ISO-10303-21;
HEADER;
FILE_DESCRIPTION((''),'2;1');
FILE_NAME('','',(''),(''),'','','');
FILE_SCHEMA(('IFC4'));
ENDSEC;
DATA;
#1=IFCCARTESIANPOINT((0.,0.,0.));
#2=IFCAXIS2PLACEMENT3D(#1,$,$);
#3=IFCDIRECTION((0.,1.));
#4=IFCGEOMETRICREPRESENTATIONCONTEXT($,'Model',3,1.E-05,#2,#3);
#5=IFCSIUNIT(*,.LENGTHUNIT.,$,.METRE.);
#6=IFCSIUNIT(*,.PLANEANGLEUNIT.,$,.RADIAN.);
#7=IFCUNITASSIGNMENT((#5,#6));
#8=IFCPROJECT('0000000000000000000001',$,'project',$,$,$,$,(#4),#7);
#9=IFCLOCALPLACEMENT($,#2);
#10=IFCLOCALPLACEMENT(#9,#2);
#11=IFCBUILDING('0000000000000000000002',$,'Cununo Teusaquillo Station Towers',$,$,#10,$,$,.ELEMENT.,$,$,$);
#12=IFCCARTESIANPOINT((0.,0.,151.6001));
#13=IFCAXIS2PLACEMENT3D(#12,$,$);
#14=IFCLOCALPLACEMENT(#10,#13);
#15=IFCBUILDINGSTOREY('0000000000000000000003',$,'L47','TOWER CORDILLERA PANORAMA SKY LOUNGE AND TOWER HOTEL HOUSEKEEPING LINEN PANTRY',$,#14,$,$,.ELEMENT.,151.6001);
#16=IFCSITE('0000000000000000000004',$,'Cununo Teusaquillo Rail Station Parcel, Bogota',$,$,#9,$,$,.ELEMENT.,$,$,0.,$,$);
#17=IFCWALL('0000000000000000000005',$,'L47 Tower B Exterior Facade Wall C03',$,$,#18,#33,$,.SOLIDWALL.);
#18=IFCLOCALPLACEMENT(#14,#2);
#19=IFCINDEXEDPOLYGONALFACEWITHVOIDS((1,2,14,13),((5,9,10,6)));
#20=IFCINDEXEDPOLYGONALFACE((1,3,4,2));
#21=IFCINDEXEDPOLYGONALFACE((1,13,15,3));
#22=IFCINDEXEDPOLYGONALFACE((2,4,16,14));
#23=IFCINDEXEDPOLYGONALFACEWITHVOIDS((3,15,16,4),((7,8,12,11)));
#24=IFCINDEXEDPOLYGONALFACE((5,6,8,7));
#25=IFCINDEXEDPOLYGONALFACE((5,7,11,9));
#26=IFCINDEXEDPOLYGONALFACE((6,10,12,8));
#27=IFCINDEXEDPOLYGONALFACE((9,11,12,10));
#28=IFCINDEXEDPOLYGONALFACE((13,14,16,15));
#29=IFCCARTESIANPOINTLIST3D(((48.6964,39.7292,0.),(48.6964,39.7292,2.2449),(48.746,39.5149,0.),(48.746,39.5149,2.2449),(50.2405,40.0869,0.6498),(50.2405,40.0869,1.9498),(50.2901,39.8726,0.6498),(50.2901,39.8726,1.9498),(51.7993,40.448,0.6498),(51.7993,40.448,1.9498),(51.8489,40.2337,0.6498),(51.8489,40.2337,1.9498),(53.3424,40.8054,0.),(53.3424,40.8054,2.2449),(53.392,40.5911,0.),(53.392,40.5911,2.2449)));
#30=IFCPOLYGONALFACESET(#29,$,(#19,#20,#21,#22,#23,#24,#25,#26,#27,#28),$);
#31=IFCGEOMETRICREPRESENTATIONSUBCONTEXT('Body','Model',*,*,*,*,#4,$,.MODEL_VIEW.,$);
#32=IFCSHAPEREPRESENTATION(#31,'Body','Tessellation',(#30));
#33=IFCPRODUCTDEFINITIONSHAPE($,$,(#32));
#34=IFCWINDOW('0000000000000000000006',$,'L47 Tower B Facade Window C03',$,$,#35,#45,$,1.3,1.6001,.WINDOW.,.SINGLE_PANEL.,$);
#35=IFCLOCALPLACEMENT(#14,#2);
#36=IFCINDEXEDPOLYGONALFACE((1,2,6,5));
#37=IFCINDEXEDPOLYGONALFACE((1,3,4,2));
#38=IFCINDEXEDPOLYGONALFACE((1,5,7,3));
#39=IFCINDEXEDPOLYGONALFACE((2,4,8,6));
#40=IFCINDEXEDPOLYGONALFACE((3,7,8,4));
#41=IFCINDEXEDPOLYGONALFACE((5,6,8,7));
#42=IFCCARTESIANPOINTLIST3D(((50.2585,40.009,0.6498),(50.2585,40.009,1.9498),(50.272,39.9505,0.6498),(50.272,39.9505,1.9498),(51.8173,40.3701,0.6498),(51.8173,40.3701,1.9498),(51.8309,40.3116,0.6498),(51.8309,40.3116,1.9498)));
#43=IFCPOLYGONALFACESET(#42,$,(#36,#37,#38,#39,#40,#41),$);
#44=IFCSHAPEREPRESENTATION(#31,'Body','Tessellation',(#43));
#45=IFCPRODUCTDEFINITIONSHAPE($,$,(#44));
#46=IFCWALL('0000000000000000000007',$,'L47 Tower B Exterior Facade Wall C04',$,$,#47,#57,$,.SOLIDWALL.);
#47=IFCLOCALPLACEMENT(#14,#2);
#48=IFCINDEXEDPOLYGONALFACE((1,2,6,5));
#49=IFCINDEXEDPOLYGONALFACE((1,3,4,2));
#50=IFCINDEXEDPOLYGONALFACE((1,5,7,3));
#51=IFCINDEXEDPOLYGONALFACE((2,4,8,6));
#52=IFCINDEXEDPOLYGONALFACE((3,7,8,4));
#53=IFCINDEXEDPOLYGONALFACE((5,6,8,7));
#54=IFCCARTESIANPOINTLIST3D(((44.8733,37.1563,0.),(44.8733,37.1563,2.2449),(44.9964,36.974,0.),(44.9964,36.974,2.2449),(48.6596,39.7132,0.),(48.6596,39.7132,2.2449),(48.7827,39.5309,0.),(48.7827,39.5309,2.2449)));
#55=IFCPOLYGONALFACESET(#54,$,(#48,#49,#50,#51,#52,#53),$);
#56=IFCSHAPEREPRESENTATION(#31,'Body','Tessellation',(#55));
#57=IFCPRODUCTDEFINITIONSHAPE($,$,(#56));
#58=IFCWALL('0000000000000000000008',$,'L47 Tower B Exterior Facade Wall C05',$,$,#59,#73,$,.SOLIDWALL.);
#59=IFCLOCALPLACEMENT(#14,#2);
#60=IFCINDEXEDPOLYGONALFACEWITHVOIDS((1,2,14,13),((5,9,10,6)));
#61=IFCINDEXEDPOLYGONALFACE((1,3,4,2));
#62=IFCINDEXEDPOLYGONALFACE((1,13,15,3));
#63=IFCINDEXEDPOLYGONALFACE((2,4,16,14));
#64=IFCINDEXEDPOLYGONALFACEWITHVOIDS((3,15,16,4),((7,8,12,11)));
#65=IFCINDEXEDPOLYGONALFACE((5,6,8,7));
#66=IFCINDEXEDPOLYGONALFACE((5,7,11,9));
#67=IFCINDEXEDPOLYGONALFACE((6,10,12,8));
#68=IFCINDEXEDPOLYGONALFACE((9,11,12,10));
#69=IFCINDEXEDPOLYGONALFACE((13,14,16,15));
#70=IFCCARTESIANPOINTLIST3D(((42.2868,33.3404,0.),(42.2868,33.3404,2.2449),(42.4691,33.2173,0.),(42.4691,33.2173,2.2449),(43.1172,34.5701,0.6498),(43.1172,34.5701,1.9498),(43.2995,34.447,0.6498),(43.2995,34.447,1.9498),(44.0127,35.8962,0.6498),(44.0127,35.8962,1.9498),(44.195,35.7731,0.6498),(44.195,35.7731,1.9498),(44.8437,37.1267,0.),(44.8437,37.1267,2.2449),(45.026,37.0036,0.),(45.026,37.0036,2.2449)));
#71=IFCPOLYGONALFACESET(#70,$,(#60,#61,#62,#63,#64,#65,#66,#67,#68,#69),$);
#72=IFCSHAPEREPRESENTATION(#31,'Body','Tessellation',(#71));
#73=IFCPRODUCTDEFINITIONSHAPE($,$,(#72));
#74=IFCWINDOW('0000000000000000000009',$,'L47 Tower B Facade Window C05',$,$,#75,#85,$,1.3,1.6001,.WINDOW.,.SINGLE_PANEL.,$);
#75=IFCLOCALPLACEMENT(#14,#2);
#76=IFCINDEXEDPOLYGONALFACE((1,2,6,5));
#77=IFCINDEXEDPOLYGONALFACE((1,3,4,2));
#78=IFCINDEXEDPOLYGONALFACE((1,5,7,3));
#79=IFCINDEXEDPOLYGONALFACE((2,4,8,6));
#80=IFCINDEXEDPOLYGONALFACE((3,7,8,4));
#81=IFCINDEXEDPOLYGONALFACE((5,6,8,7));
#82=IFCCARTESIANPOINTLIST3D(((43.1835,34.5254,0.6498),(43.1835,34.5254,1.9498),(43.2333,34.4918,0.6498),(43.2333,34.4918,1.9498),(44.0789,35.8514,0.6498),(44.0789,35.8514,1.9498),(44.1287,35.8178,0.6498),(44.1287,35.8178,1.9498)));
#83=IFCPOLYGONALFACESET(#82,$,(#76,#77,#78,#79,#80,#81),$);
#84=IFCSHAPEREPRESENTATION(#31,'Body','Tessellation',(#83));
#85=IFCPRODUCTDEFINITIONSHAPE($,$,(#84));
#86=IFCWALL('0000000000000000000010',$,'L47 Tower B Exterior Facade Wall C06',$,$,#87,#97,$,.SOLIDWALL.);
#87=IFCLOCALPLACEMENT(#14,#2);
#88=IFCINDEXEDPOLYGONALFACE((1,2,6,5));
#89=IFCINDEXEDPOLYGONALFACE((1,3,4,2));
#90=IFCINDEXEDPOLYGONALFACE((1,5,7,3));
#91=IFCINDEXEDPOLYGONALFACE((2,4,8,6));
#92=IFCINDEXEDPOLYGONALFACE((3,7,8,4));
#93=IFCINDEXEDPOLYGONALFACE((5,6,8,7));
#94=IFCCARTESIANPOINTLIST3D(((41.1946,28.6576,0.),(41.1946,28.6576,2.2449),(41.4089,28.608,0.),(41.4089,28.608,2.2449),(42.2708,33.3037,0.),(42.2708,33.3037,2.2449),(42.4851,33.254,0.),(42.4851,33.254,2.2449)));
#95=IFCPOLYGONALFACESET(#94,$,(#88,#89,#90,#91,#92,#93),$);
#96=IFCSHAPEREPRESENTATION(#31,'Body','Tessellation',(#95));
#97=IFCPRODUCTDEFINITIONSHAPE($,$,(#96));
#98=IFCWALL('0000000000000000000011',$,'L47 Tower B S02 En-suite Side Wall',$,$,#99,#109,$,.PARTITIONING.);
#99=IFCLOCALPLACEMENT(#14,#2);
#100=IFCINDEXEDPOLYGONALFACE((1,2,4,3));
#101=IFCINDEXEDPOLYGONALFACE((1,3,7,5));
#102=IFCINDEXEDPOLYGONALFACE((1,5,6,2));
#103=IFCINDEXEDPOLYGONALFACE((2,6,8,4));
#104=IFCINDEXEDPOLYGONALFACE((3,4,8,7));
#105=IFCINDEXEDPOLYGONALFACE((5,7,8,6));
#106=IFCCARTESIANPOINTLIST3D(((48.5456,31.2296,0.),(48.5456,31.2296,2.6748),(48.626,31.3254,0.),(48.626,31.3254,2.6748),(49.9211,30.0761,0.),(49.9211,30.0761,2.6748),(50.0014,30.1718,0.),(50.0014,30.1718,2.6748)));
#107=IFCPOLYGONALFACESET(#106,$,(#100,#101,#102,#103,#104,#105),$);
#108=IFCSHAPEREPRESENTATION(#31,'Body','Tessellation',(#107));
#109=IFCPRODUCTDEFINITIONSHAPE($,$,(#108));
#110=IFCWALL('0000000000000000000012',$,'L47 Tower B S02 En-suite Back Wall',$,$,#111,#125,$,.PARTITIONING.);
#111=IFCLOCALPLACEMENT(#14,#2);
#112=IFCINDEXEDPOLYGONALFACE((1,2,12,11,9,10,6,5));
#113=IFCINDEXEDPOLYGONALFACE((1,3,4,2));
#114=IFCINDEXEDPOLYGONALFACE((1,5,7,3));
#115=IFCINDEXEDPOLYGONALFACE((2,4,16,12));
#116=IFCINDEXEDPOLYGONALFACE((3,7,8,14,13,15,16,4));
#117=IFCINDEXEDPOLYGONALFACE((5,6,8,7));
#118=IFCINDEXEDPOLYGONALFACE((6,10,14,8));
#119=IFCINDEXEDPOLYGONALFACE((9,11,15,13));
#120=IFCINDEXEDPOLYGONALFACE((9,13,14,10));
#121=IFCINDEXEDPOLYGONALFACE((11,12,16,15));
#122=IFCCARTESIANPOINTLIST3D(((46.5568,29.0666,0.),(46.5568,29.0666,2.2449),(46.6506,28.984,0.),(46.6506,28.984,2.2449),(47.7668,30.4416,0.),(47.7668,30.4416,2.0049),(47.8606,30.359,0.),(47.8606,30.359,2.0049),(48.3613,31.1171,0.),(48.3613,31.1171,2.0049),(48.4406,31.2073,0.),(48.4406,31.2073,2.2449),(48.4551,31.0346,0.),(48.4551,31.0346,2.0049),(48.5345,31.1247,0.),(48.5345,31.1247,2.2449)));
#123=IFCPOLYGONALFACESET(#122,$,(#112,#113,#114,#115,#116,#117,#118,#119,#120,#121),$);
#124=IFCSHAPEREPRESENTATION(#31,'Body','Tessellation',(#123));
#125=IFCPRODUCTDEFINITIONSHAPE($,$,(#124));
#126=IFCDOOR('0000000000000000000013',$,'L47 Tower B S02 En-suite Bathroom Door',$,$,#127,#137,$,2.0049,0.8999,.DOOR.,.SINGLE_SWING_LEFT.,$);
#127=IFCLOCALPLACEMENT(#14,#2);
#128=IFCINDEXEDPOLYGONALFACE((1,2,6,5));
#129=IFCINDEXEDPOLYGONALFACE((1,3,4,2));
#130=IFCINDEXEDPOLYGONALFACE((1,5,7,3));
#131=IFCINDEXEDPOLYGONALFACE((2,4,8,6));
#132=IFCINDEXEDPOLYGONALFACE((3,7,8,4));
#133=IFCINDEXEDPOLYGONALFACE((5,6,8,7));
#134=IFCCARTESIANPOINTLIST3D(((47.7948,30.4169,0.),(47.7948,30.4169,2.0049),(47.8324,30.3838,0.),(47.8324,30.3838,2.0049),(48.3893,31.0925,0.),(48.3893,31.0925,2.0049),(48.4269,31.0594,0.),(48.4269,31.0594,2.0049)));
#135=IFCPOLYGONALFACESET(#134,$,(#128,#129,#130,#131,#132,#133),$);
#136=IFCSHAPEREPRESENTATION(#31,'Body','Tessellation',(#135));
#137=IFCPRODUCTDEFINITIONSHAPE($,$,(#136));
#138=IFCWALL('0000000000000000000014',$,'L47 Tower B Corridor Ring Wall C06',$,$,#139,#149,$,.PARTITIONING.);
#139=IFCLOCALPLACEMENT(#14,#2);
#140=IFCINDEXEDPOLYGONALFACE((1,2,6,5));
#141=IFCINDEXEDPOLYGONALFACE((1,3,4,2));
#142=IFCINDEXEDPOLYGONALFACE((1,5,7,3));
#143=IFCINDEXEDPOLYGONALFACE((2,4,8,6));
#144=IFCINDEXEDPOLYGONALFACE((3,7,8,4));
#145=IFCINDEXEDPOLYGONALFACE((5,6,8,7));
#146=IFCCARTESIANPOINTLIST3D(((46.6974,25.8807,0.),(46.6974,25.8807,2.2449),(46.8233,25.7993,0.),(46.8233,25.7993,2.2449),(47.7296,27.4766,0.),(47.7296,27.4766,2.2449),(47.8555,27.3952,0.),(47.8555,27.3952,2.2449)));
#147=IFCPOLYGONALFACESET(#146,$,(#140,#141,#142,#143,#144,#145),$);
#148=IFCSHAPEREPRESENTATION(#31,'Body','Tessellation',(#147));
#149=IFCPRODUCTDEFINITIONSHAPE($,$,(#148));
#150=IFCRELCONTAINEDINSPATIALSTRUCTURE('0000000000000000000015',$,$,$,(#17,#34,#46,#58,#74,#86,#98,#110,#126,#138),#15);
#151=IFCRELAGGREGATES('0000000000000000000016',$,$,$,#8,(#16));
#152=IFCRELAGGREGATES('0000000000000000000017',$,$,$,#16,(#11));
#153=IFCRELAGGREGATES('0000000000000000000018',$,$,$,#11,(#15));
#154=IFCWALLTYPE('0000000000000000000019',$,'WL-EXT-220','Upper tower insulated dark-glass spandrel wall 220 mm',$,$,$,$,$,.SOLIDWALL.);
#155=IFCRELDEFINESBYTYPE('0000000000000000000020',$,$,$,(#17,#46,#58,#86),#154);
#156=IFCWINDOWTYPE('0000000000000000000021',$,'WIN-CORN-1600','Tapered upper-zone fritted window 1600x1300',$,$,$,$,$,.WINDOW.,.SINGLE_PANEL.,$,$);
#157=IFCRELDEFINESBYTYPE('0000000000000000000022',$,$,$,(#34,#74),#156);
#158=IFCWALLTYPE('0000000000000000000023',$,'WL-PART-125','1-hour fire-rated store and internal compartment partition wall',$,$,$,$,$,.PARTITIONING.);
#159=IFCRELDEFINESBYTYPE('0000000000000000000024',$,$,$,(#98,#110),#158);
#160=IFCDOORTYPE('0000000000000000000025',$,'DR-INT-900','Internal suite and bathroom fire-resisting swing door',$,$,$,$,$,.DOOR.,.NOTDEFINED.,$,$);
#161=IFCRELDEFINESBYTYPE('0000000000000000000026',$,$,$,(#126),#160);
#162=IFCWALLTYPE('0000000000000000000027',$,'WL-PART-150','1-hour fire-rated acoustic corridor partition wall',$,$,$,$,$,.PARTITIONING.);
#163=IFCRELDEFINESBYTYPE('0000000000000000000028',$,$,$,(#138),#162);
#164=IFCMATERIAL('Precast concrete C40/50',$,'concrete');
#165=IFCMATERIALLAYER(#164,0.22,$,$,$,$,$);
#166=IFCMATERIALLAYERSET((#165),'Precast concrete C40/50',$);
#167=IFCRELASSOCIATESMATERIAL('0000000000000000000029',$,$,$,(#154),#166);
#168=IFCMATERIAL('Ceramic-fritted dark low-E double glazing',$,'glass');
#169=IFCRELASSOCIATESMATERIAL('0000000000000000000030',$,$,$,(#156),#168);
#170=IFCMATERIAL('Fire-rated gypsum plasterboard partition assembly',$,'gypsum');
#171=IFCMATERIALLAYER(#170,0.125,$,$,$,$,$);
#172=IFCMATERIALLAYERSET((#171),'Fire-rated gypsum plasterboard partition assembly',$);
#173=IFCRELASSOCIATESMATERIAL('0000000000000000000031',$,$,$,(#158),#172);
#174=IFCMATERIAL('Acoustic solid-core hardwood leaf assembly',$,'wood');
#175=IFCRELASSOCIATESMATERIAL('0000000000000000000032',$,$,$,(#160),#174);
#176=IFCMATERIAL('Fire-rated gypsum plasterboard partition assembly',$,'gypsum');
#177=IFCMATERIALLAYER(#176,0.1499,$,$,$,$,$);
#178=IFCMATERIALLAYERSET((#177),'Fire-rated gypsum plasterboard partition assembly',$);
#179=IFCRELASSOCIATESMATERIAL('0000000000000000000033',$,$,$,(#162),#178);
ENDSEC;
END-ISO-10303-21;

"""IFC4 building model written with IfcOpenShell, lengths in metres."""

from ifc_helpers import new_model, si_unit, direction, frame, frame_2d, origin, place, context, subcontext, project, spatial, rectangle, extrude, source, transform, mapped, material, layer, layer_set, type_object, element, fill, save


model = new_model("IFC4")

# Units and contexts
model_context = context("Model", 3, precision=1e-05, world=origin(), true_north=direction((0.0, 1.0)))
body_context = subcontext(model_context, "Body", "Model", "MODEL_VIEW")
ifc_project = project(units=[si_unit("LENGTHUNIT", "METRE"), si_unit("PLANEANGLEUNIT", "RADIAN")], contexts=[model_context])

# Site, building, storey
site_placement = place(None, origin())
site = spatial("IfcSite", under=ifc_project, at=site_placement, Name="Cununo Teusaquillo Rail Station Parcel, Bogota", CompositionType="ELEMENT", RefElevation=0.0)
building_placement = place(site_placement, origin())
building = spatial("IfcBuilding", under=site, at=building_placement, Name="Cununo Teusaquillo Station Towers", CompositionType="ELEMENT")
storey_placement = place(building_placement, frame((0.0, 0.0, 151.6001)))
storey = spatial("IfcBuildingStorey", under=building, at=storey_placement, Name="L47", Description="TOWER CORDILLERA PANORAMA SKY LOUNGE AND TOWER HOTEL HOUSEKEEPING LINEN PANTRY", CompositionType="ELEMENT", Elevation=151.6001)

# Wall, opening, window
ifc_material_1 = material(Name="Precast concrete C40/50", Category="concrete")
ifc_layer_1 = layer(ifc_material_1, 0.22)
ifc_layer_set_1 = layer_set([ifc_layer_1], Name="Precast concrete C40/50")
wall_type_1 = type_object("IfcWallType", Name="WL-EXT-220", Description="Upper tower insulated dark-glass spandrel wall 220 mm", PredefinedType="SOLIDWALL", material=ifc_layer_set_1)
wall_1_placement = place(storey_placement, frame((48.7212, 39.6221, 0.0), z_axis=(0.0, 0.0, 1.0), x_axis=(0.974206, 0.22566, 0.0)))
wall_1 = element("IfcWall", 1, at=wall_1_placement, inside=storey, type_object=wall_type_1, Name="L47 Tower B Exterior Facade Wall C03", PredefinedType="SOLIDWALL", context=body_context, shape_type="SweptSolid", body=[
    extrude(rectangle(XDim=4.769, YDim=0.22, at=frame_2d((2.3845, 0.0))), origin(), (0.0, 0.0, 1.0), 2.2449),
])
shared_shape_1 = source(origin(), body_context, "Body", "SweptSolid", [
    extrude(rectangle(XDim=1.6001, YDim=1.3, at=frame_2d((0.8, 0.6499))), frame((0.0, 0.1199, 0.0), z_axis=(0.0, -1.0, 0.0), x_axis=(1.0, 0.0, 0.0)), (0.0, 0.0, 1.0), 0.24),
])
opening_1_placement = place(wall_1_placement, frame((1.585, 0.0, 0.6499)))
opening_1 = element("IfcOpeningElement", 2, at=opening_1_placement, cuts=wall_1, PredefinedType="OPENING", context=body_context, shape_type="MappedRepresentation", body=[
    mapped(shared_shape_1, transform((0.0, 0.0, 0.0), x_axis=(1.0, 0.0, 0.0), y_axis=(0.0, 1.0, 0.0), z_axis=(0.0, 0.0, 1.0), scale=1.0)),
])
ifc_material_2 = material(Name="Ceramic-fritted dark low-E double glazing", Category="glass")
window_type = type_object("IfcWindowType", Name="WIN-CORN-1600", Description="Tapered upper-zone fritted window 1600x1300", PartitioningType="SINGLE_PANEL", PredefinedType="WINDOW", material=ifc_material_2)
shared_shape_2 = source(origin(), body_context, "Body", "SweptSolid", [
    extrude(rectangle(XDim=1.6001, YDim=1.3, at=frame_2d((0.8, 0.6499))), frame((0.0, 0.03, 0.0), z_axis=(0.0, -1.0, 0.0), x_axis=(1.0, 0.0, 0.0)), (0.0, 0.0, 1.0), 0.0601),
])
window_1_placement = place(opening_1_placement, origin())
window_1 = element("IfcWindow", 3, at=window_1_placement, inside=storey, type_object=window_type, Name="L47 Tower B Facade Window C03", OverallHeight=1.3, OverallWidth=1.6001, PartitioningType="SINGLE_PANEL", PredefinedType="WINDOW", context=body_context, shape_type="MappedRepresentation", body=[
    mapped(shared_shape_2, transform((0.0, 0.0, 0.0), x_axis=(1.0, 0.0, 0.0), y_axis=(0.0, 1.0, 0.0), z_axis=(0.0, 0.0, 1.0), scale=1.0)),
])
fill(opening_1, window_1)

# Wall
wall_2_placement = place(storey_placement, frame((44.9348, 37.0652, 0.0), z_axis=(0.0, 0.0, 1.0), x_axis=(0.828739, 0.559635, 0.0)))
element("IfcWall", 4, at=wall_2_placement, inside=storey, type_object=wall_type_1, Name="L47 Tower B Exterior Facade Wall C04", PredefinedType="SOLIDWALL", context=body_context, shape_type="SweptSolid", body=[
    extrude(rectangle(XDim=4.5688, YDim=0.22, at=frame_2d((2.2844, 0.0))), origin(), (0.0, 0.0, 1.0), 2.2449),
])

# Wall, opening, window
wall_3_placement = place(storey_placement, frame((42.3779, 33.2788, 0.0), z_axis=(0.0, 0.0, 1.0), x_axis=(0.559635, 0.828739, 0.0)))
wall_3 = element("IfcWall", 5, at=wall_3_placement, inside=storey, type_object=wall_type_1, Name="L47 Tower B Exterior Facade Wall C05", PredefinedType="SOLIDWALL", context=body_context, shape_type="SweptSolid", body=[
    extrude(rectangle(XDim=4.5688, YDim=0.22, at=frame_2d((2.2844, 0.0))), origin(), (0.0, 0.0, 1.0), 2.2449),
])
opening_2_placement = place(wall_3_placement, frame((1.4839, 0.0, 0.6499)))
opening_2 = element("IfcOpeningElement", 6, at=opening_2_placement, cuts=wall_3, PredefinedType="OPENING", context=body_context, shape_type="MappedRepresentation", body=[
    mapped(shared_shape_1, transform((0.0, 0.0, 0.0), x_axis=(1.0, 0.0, 0.0), y_axis=(0.0, 1.0, 0.0), z_axis=(0.0, 0.0, 1.0), scale=1.0)),
])
window_2_placement = place(opening_2_placement, origin())
window_2 = element("IfcWindow", 7, at=window_2_placement, inside=storey, type_object=window_type, Name="L47 Tower B Facade Window C05", OverallHeight=1.3, OverallWidth=1.6001, PartitioningType="SINGLE_PANEL", PredefinedType="WINDOW", context=body_context, shape_type="MappedRepresentation", body=[
    mapped(shared_shape_2, transform((0.0, 0.0, 0.0), x_axis=(1.0, 0.0, 0.0), y_axis=(0.0, 1.0, 0.0), z_axis=(0.0, 0.0, 1.0), scale=1.0)),
])
fill(opening_2, window_2)

# Walls
wall_4_placement = place(storey_placement, frame((41.3018, 28.6328, 0.0), z_axis=(0.0, 0.0, 1.0), x_axis=(0.22566, 0.974206, 0.0)))
element("IfcWall", 8, at=wall_4_placement, inside=storey, type_object=wall_type_1, Name="L47 Tower B Exterior Facade Wall C06", PredefinedType="SOLIDWALL", context=body_context, shape_type="SweptSolid", body=[
    extrude(rectangle(XDim=4.769, YDim=0.22, at=frame_2d((2.3845, 0.0))), origin(), (0.0, 0.0, 1.0), 2.2449),
])
ifc_material_3 = material(Name="Fire-rated gypsum plasterboard partition assembly", Category="gypsum")
ifc_layer_2 = layer(ifc_material_3, 0.125)
ifc_layer_set_2 = layer_set([ifc_layer_2], Name="Fire-rated gypsum plasterboard partition assembly")
wall_type_2 = type_object("IfcWallType", Name="WL-PART-125", Description="1-hour fire-rated store and internal compartment partition wall", PredefinedType="PARTITIONING", material=ifc_layer_set_2)
wall_5_placement = place(storey_placement, frame((49.9612, 30.124, 0.0), z_axis=(0.0, 0.0, 1.0), x_axis=(-0.766211, 0.642589, 0.0)))
element("IfcWall", 9, at=wall_5_placement, inside=storey, type_object=wall_type_2, Name="L47 Tower B S02 En-suite Side Wall", PredefinedType="PARTITIONING", context=body_context, shape_type="SweptSolid", body=[
    extrude(rectangle(XDim=1.7952, YDim=0.125, at=frame_2d((0.8975, 0.0))), origin(), (0.0, 0.0, 1.0), 2.6748),
])

# Wall, opening, door
wall_6_placement = place(storey_placement, frame((48.4875, 31.166, 0.0), z_axis=(0.0, 0.0, 1.0), x_axis=(-0.660636, -0.750707, 0.0)))
wall_6 = element("IfcWall", 10, at=wall_6_placement, inside=storey, type_object=wall_type_2, Name="L47 Tower B S02 En-suite Back Wall", PredefinedType="PARTITIONING", context=body_context, shape_type="SweptSolid", body=[
    extrude(rectangle(XDim=2.8516, YDim=0.125, at=frame_2d((1.4258, 0.0))), origin(), (0.0, 0.0, 1.0), 2.2449),
])
shared_shape_3 = source(origin(), body_context, "Body", "SweptSolid", [
    extrude(rectangle(XDim=0.8999, YDim=2.0049, at=frame_2d((0.45, 1.0024))), frame((0.0, 0.0725, 0.0), z_axis=(0.0, -1.0, 0.0), x_axis=(1.0, 0.0, 0.0)), (0.0, 0.0, 1.0), 0.145),
])
opening_3_placement = place(wall_6_placement, frame((0.1201, 0.0, 0.0)))
opening_3 = element("IfcOpeningElement", 11, at=opening_3_placement, cuts=wall_6, PredefinedType="OPENING", context=body_context, shape_type="MappedRepresentation", body=[
    mapped(shared_shape_3, transform((0.0, 0.0, 0.0), x_axis=(1.0, 0.0, 0.0), y_axis=(0.0, 1.0, 0.0), z_axis=(0.0, 0.0, 1.0), scale=1.0)),
])
ifc_material_4 = material(Name="Acoustic solid-core hardwood leaf assembly", Category="wood")
door_type_1 = type_object("IfcDoorType", Name="DR-INT-900", Description="Internal suite and bathroom fire-resisting swing door", OperationType="NOTDEFINED", PredefinedType="DOOR", material=ifc_material_4)
shared_shape_4 = source(origin(), body_context, "Body", "SweptSolid", [
    extrude(rectangle(XDim=0.8999, YDim=2.0049, at=frame_2d((0.45, 1.0024))), frame((0.0, 0.0249, 0.0), z_axis=(0.0, -1.0, 0.0), x_axis=(1.0, 0.0, 0.0)), (0.0, 0.0, 1.0), 0.05),
])
door_1_placement = place(opening_3_placement, origin())
door_1 = element("IfcDoor", 12, at=door_1_placement, inside=storey, type_object=door_type_1, Name="L47 Tower B S02 En-suite Bathroom Door", OperationType="SINGLE_SWING_LEFT", OverallHeight=2.0049, OverallWidth=0.8999, PredefinedType="DOOR", context=body_context, shape_type="MappedRepresentation", body=[
    mapped(shared_shape_4, transform((0.0, 0.0, 0.0), x_axis=(1.0, 0.0, 0.0), y_axis=(0.0, 1.0, 0.0), z_axis=(0.0, 0.0, 1.0), scale=1.0)),
])
fill(opening_3, door_1)

# Wall
ifc_material_5 = material(Name="Fire-rated gypsum plasterboard partition assembly", Category="gypsum")
ifc_layer_3 = layer(ifc_material_5, 0.1499)
ifc_layer_set_3 = layer_set([ifc_layer_3], Name="Fire-rated gypsum plasterboard partition assembly")
wall_type_3 = type_object("IfcWallType", Name="WL-PART-150", Description="1-hour fire-rated acoustic corridor partition wall", PredefinedType="PARTITIONING", material=ifc_layer_set_3)
wall_7_placement = place(storey_placement, frame((47.7925, 27.4358, 0.0), z_axis=(0.0, 0.0, 1.0), x_axis=(-0.543086, -0.839677, 0.0)))
element("IfcWall", 13, at=wall_7_placement, inside=storey, type_object=wall_type_3, Name="L47 Tower B Corridor Ring Wall C06", PredefinedType="PARTITIONING", context=body_context, shape_type="SweptSolid", body=[
    extrude(rectangle(XDim=1.9006, YDim=0.1499, at=frame_2d((0.9502, 0.0))), origin(), (0.0, 0.0, 1.0), 2.2449),
])

save(model, "model.ifc")
